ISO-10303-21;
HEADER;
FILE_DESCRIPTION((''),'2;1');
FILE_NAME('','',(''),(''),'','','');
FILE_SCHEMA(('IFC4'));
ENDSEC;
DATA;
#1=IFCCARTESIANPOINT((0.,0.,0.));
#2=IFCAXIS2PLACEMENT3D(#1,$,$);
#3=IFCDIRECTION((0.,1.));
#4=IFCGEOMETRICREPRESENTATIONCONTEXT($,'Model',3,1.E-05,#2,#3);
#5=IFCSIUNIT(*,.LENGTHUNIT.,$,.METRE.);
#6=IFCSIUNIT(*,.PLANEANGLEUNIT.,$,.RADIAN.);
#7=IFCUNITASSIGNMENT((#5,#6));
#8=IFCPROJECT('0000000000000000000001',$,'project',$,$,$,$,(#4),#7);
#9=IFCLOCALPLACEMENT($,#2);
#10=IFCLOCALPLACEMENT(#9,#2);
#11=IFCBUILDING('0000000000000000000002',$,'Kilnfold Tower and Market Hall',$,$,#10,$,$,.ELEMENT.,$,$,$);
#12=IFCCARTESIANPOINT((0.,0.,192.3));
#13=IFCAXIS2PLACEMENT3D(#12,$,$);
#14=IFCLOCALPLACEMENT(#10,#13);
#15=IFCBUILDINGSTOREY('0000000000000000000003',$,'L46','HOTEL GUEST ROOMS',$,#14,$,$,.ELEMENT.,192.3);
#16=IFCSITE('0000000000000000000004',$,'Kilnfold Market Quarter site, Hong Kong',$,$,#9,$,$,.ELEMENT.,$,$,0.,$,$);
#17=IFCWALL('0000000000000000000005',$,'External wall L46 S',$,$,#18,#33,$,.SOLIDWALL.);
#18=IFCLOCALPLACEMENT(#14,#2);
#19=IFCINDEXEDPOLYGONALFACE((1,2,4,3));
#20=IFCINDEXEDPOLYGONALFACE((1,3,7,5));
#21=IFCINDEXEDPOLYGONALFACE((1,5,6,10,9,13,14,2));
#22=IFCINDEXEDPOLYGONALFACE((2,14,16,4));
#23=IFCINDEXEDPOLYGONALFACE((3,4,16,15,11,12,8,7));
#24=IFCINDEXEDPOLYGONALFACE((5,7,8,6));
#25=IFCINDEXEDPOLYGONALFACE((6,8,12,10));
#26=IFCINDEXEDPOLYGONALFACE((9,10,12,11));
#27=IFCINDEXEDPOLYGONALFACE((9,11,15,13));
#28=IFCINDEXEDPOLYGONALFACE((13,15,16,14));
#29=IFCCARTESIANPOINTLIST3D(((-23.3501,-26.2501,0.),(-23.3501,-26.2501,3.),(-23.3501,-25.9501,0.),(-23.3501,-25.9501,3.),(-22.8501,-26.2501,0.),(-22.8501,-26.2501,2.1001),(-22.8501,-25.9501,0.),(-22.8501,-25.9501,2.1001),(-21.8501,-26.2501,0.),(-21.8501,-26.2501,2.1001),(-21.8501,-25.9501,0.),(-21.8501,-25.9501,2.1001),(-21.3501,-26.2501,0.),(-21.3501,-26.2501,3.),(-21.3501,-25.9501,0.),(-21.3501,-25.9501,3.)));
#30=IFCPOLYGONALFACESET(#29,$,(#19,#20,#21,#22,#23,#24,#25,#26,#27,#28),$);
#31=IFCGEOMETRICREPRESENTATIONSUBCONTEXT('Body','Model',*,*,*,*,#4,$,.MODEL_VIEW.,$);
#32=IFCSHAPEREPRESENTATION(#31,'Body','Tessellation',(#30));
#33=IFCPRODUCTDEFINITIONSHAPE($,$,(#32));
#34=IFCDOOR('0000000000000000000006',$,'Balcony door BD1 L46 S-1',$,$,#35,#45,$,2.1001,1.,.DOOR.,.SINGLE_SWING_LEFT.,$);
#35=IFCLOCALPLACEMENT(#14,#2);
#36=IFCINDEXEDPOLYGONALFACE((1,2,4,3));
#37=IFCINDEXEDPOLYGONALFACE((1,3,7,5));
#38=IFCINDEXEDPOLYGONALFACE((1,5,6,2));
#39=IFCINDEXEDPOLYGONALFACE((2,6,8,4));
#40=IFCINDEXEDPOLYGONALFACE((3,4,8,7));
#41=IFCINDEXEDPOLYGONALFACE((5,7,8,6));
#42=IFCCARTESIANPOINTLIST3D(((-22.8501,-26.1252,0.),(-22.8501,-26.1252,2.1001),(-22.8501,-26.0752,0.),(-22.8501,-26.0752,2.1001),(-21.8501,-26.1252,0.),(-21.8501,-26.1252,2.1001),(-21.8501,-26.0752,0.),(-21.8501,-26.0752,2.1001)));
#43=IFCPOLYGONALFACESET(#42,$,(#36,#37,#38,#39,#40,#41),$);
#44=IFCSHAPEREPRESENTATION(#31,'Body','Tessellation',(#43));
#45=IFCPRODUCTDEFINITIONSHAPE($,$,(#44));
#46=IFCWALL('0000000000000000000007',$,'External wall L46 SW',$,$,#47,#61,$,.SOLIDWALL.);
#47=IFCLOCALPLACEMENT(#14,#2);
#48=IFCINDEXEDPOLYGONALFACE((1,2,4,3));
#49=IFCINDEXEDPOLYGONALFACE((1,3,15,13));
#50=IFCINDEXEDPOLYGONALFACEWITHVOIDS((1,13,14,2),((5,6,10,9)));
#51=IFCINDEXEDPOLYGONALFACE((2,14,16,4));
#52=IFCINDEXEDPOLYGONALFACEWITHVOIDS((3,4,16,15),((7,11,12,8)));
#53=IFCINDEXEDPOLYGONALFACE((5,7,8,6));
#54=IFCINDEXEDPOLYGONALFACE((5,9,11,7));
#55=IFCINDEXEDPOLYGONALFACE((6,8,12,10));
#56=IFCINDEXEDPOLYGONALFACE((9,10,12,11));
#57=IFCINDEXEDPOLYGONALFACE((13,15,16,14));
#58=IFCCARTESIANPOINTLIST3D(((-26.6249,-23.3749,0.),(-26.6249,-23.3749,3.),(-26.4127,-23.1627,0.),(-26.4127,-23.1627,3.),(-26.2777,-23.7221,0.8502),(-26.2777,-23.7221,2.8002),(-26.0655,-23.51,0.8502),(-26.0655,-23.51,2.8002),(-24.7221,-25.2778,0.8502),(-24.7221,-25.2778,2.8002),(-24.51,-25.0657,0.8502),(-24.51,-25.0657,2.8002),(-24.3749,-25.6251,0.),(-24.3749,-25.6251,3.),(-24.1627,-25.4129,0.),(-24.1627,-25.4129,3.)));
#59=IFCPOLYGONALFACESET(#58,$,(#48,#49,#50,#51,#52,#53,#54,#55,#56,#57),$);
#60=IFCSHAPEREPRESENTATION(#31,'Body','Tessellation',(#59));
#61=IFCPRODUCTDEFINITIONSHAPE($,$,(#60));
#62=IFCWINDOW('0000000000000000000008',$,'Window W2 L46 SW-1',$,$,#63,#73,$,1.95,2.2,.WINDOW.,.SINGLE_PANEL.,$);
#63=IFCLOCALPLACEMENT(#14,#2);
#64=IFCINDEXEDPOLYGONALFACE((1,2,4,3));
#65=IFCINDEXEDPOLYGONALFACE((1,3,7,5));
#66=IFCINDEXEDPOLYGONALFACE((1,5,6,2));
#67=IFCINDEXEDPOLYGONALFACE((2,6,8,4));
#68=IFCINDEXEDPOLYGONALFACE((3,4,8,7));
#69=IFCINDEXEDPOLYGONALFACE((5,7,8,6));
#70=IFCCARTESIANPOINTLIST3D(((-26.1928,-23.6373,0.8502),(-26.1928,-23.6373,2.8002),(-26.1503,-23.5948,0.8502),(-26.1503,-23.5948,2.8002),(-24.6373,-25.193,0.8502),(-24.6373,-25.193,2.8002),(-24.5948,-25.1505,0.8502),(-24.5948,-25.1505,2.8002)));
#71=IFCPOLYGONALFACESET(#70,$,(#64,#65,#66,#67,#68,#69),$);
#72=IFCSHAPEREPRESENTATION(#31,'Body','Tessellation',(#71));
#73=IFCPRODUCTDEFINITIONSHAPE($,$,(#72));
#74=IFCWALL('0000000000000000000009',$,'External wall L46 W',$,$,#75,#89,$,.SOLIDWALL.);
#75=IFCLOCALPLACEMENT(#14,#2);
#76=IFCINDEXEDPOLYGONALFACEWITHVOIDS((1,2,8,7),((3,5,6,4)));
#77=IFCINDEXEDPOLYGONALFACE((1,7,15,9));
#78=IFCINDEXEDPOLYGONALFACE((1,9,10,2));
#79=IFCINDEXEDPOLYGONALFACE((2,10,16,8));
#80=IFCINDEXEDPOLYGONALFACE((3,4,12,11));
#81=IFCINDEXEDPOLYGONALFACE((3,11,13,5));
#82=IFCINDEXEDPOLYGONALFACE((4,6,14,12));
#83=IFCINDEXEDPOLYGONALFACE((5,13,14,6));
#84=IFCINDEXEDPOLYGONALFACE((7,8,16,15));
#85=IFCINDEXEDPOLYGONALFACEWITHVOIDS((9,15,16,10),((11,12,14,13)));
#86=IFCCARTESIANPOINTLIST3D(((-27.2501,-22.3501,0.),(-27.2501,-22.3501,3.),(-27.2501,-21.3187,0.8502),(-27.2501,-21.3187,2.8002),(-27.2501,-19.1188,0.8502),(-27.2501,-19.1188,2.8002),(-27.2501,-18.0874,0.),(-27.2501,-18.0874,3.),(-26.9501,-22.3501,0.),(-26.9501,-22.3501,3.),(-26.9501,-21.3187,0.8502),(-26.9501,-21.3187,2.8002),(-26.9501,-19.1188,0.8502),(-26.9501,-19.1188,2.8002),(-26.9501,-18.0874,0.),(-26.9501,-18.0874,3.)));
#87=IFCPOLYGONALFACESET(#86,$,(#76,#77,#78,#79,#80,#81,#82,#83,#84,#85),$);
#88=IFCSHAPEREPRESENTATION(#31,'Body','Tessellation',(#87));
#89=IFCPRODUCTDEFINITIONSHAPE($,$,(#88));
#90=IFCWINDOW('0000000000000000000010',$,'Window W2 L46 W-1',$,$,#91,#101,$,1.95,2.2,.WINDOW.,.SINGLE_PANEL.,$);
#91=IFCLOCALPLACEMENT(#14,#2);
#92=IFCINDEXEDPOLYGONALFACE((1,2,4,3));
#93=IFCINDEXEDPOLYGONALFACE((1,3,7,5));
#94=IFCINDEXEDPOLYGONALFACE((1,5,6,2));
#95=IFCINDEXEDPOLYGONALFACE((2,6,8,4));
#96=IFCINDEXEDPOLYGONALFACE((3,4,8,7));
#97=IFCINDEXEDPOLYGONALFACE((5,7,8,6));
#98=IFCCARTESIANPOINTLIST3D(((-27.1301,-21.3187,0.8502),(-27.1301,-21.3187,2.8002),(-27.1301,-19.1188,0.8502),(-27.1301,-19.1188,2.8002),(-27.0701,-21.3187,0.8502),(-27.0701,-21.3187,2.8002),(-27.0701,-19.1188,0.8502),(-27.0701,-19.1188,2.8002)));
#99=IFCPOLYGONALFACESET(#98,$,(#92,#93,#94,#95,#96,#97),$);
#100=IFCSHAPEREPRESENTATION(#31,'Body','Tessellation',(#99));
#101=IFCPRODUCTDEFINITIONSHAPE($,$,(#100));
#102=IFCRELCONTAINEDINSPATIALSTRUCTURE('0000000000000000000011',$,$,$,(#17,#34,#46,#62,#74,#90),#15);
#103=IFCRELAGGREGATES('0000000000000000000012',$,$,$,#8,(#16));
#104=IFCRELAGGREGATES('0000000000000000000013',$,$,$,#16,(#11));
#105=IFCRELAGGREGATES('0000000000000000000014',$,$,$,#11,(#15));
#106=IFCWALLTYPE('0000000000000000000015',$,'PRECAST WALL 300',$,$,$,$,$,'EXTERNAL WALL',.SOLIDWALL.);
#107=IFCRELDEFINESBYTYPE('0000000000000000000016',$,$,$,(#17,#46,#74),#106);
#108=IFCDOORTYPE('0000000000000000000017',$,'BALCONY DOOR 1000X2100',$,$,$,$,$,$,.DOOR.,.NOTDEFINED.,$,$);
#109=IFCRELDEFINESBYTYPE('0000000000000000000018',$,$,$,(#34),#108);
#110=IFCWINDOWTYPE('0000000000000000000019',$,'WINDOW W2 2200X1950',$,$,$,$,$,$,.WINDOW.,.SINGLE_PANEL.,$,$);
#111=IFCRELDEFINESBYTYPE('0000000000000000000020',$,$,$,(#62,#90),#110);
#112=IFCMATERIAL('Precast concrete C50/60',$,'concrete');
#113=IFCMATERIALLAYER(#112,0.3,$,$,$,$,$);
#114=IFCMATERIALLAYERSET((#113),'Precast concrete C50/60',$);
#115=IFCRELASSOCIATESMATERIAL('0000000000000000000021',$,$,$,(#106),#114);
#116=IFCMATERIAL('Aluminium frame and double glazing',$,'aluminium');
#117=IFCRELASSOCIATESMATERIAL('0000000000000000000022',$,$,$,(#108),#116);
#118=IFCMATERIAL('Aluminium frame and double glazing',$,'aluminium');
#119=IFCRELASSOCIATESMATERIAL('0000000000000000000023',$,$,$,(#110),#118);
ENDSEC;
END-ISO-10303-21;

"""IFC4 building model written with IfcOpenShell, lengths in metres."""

from ifc_helpers import new_model, si_unit, direction, frame, frame_2d, origin, place, context, subcontext, project, spatial, rectangle, extrude, source, transform, mapped, material, layer, layer_set, type_object, element, fill, save


model = new_model("IFC4")

# Units and contexts
model_context = context("Model", 3, precision=1e-05, world=origin(), true_north=direction((0.0, 1.0)))
body_context = subcontext(model_context, "Body", "Model", "MODEL_VIEW")
ifc_project = project(units=[si_unit("LENGTHUNIT", "METRE"), si_unit("PLANEANGLEUNIT", "RADIAN")], contexts=[model_context])

# Site, building, storey
site_placement = place(None, origin())
site = spatial("IfcSite", under=ifc_project, at=site_placement, Name="Kilnfold Market Quarter site, Hong Kong", CompositionType="ELEMENT", RefElevation=0.0)
building_placement = place(site_placement, origin())
building = spatial("IfcBuilding", under=site, at=building_placement, Name="Kilnfold Tower and Market Hall", CompositionType="ELEMENT")
storey_placement = place(building_placement, frame((0.0, 0.0, 192.3)))
storey = spatial("IfcBuildingStorey", under=building, at=storey_placement, Name="L46", Description="HOTEL GUEST ROOMS", CompositionType="ELEMENT", Elevation=192.3)

# Wall, opening, door
ifc_material_1 = material(Name="Precast concrete C50/60", Category="concrete")
ifc_layer_1 = layer(ifc_material_1, 0.3)
ifc_layer_set_1 = layer_set([ifc_layer_1], Name="Precast concrete C50/60")
wall_type_1 = type_object("IfcWallType", Name="PRECAST WALL 300", ElementType="EXTERNAL WALL", PredefinedType="SOLIDWALL", material=ifc_layer_set_1)
shared_shape_1 = source(origin(), body_context, "Body", "SweptSolid", [
    extrude(rectangle(XDim=2.0, YDim=0.3, at=frame_2d((1.0, 0.0))), origin(), (0.0, 0.0, 1.0), 3.0),
])
wall_1_placement = place(storey_placement, frame((-23.3501, -26.1001, 0.0), z_axis=(0.0, 0.0, 1.0), x_axis=(1.0, 0.0, 0.0)))
wall_1 = element("IfcWall", 1, at=wall_1_placement, inside=storey, type_object=wall_type_1, Name="External wall L46 S", PredefinedType="SOLIDWALL", context=body_context, shape_type="MappedRepresentation", body=[
    mapped(shared_shape_1, transform((0.0, 0.0, 0.0))),
])
opening_1_placement = place(wall_1_placement, frame((0.5, 0.0, 0.0)))
opening_1 = element("IfcOpeningElement", 2, at=opening_1_placement, cuts=wall_1, PredefinedType="OPENING", context=body_context, shape_type="SweptSolid", body=[
    extrude(rectangle(XDim=1.0, YDim=2.1001, at=frame_2d((0.5, 1.05))), frame((0.0, 0.1602, 0.0), z_axis=(0.0, -1.0, 0.0), x_axis=(1.0, 0.0, 0.0)), (0.0, 0.0, 1.0), 0.3201),
])
ifc_material_2 = material(Name="Aluminium frame and double glazing", Category="aluminium")
door_type_1 = type_object("IfcDoorType", Name="BALCONY DOOR 1000X2100", OperationType="NOTDEFINED", PredefinedType="DOOR", material=ifc_material_2)
door_1_placement = place(opening_1_placement, origin())
door_1 = element("IfcDoor", 3, at=door_1_placement, inside=storey, type_object=door_type_1, Name="Balcony door BD1 L46 S-1", OperationType="SINGLE_SWING_LEFT", OverallHeight=2.1001, OverallWidth=1.0, PredefinedType="DOOR", context=body_context, shape_type="SweptSolid", body=[
    extrude(rectangle(XDim=1.0, YDim=2.1001, at=frame_2d((0.5, 1.05))), frame((0.0, 0.0249, 0.0), z_axis=(0.0, -1.0, 0.0), x_axis=(1.0, 0.0, 0.0)), (0.0, 0.0, 1.0), 0.05),
])
fill(opening_1, door_1)

# Walls, openings, windows
shared_shape_2 = source(origin(), body_context, "Body", "SweptSolid", [
    extrude(rectangle(XDim=3.1821, YDim=0.3, at=frame_2d((1.5911, 0.0))), origin(), (0.0, 0.0, 1.0), 3.0),
])
wall_2_placement = place(storey_placement, frame((-26.5188, -23.2688, 0.0), z_axis=(0.0, 0.0, 1.0), x_axis=(0.707068, -0.707145, 0.0)))
wall_2 = element("IfcWall", 4, at=wall_2_placement, inside=storey, type_object=wall_type_1, Name="External wall L46 SW", PredefinedType="SOLIDWALL", context=body_context, shape_type="MappedRepresentation", body=[
    mapped(shared_shape_2, transform((0.0, 0.0, 0.0))),
])
opening_2_placement = place(wall_2_placement, frame((0.491, 0.0, 0.8501)))
opening_2 = element("IfcOpeningElement", 5, at=opening_2_placement, cuts=wall_2, PredefinedType="OPENING", context=body_context, shape_type="SweptSolid", body=[
    extrude(rectangle(XDim=2.2, YDim=1.95, at=frame_2d((1.1001, 0.9751))), frame((0.0, 0.1602, 0.0), z_axis=(0.0, -1.0, 0.0), x_axis=(1.0, 0.0, 0.0)), (0.0, 0.0, 1.0), 0.3201),
])
ifc_material_3 = material(Name="Aluminium frame and double glazing", Category="aluminium")
window_type = type_object("IfcWindowType", Name="WINDOW W2 2200X1950", PartitioningType="SINGLE_PANEL", PredefinedType="WINDOW", material=ifc_material_3)
window_1_placement = place(opening_2_placement, origin())
window_1 = element("IfcWindow", 6, at=window_1_placement, inside=storey, type_object=window_type, Name="Window W2 L46 SW-1", OverallHeight=1.95, OverallWidth=2.2, PartitioningType="SINGLE_PANEL", PredefinedType="WINDOW", context=body_context, shape_type="SweptSolid", body=[
    extrude(rectangle(XDim=2.2, YDim=1.95, at=frame_2d((1.1001, 0.9751))), frame((0.0, 0.03, 0.0), z_axis=(0.0, -1.0, 0.0), x_axis=(1.0, 0.0, 0.0)), (0.0, 0.0, 1.0), 0.0601),
])
fill(opening_2, window_1)
shared_shape_3 = source(origin(), body_context, "Body", "SweptSolid", [
    extrude(rectangle(XDim=4.2627, YDim=0.3, at=frame_2d((2.1313, 0.0))), origin(), (0.0, 0.0, 1.0), 3.0),
])
wall_3_placement = place(storey_placement, frame((-27.1001, -18.0874, 0.0), z_axis=(0.0, 0.0, 1.0), x_axis=(0.0, -1.0, 0.0)))
wall_3 = element("IfcWall", 7, at=wall_3_placement, inside=storey, type_object=wall_type_1, Name="External wall L46 W", PredefinedType="SOLIDWALL", context=body_context, shape_type="MappedRepresentation", body=[
    mapped(shared_shape_3, transform((0.0, 0.0, 0.0))),
])
opening_3_placement = place(wall_3_placement, frame((1.0312, 0.0, 0.8501)))
opening_3 = element("IfcOpeningElement", 8, at=opening_3_placement, cuts=wall_3, PredefinedType="OPENING", context=body_context, shape_type="SweptSolid", body=[
    extrude(rectangle(XDim=2.2, YDim=1.95, at=frame_2d((1.1001, 0.9751))), frame((0.0, 0.1602, 0.0), z_axis=(0.0, -1.0, 0.0), x_axis=(1.0, 0.0, 0.0)), (0.0, 0.0, 1.0), 0.3201),
])
window_2_placement = place(opening_3_placement, origin())
window_2 = element("IfcWindow", 9, at=window_2_placement, inside=storey, type_object=window_type, Name="Window W2 L46 W-1", OverallHeight=1.95, OverallWidth=2.2, PartitioningType="SINGLE_PANEL", PredefinedType="WINDOW", context=body_context, shape_type="SweptSolid", body=[
    extrude(rectangle(XDim=2.2, YDim=1.95, at=frame_2d((1.1001, 0.9751))), frame((0.0, 0.03, 0.0), z_axis=(0.0, -1.0, 0.0), x_axis=(1.0, 0.0, 0.0)), (0.0, 0.0, 1.0), 0.0601),
])
fill(opening_3, window_2)

save(model, "model.ifc")
